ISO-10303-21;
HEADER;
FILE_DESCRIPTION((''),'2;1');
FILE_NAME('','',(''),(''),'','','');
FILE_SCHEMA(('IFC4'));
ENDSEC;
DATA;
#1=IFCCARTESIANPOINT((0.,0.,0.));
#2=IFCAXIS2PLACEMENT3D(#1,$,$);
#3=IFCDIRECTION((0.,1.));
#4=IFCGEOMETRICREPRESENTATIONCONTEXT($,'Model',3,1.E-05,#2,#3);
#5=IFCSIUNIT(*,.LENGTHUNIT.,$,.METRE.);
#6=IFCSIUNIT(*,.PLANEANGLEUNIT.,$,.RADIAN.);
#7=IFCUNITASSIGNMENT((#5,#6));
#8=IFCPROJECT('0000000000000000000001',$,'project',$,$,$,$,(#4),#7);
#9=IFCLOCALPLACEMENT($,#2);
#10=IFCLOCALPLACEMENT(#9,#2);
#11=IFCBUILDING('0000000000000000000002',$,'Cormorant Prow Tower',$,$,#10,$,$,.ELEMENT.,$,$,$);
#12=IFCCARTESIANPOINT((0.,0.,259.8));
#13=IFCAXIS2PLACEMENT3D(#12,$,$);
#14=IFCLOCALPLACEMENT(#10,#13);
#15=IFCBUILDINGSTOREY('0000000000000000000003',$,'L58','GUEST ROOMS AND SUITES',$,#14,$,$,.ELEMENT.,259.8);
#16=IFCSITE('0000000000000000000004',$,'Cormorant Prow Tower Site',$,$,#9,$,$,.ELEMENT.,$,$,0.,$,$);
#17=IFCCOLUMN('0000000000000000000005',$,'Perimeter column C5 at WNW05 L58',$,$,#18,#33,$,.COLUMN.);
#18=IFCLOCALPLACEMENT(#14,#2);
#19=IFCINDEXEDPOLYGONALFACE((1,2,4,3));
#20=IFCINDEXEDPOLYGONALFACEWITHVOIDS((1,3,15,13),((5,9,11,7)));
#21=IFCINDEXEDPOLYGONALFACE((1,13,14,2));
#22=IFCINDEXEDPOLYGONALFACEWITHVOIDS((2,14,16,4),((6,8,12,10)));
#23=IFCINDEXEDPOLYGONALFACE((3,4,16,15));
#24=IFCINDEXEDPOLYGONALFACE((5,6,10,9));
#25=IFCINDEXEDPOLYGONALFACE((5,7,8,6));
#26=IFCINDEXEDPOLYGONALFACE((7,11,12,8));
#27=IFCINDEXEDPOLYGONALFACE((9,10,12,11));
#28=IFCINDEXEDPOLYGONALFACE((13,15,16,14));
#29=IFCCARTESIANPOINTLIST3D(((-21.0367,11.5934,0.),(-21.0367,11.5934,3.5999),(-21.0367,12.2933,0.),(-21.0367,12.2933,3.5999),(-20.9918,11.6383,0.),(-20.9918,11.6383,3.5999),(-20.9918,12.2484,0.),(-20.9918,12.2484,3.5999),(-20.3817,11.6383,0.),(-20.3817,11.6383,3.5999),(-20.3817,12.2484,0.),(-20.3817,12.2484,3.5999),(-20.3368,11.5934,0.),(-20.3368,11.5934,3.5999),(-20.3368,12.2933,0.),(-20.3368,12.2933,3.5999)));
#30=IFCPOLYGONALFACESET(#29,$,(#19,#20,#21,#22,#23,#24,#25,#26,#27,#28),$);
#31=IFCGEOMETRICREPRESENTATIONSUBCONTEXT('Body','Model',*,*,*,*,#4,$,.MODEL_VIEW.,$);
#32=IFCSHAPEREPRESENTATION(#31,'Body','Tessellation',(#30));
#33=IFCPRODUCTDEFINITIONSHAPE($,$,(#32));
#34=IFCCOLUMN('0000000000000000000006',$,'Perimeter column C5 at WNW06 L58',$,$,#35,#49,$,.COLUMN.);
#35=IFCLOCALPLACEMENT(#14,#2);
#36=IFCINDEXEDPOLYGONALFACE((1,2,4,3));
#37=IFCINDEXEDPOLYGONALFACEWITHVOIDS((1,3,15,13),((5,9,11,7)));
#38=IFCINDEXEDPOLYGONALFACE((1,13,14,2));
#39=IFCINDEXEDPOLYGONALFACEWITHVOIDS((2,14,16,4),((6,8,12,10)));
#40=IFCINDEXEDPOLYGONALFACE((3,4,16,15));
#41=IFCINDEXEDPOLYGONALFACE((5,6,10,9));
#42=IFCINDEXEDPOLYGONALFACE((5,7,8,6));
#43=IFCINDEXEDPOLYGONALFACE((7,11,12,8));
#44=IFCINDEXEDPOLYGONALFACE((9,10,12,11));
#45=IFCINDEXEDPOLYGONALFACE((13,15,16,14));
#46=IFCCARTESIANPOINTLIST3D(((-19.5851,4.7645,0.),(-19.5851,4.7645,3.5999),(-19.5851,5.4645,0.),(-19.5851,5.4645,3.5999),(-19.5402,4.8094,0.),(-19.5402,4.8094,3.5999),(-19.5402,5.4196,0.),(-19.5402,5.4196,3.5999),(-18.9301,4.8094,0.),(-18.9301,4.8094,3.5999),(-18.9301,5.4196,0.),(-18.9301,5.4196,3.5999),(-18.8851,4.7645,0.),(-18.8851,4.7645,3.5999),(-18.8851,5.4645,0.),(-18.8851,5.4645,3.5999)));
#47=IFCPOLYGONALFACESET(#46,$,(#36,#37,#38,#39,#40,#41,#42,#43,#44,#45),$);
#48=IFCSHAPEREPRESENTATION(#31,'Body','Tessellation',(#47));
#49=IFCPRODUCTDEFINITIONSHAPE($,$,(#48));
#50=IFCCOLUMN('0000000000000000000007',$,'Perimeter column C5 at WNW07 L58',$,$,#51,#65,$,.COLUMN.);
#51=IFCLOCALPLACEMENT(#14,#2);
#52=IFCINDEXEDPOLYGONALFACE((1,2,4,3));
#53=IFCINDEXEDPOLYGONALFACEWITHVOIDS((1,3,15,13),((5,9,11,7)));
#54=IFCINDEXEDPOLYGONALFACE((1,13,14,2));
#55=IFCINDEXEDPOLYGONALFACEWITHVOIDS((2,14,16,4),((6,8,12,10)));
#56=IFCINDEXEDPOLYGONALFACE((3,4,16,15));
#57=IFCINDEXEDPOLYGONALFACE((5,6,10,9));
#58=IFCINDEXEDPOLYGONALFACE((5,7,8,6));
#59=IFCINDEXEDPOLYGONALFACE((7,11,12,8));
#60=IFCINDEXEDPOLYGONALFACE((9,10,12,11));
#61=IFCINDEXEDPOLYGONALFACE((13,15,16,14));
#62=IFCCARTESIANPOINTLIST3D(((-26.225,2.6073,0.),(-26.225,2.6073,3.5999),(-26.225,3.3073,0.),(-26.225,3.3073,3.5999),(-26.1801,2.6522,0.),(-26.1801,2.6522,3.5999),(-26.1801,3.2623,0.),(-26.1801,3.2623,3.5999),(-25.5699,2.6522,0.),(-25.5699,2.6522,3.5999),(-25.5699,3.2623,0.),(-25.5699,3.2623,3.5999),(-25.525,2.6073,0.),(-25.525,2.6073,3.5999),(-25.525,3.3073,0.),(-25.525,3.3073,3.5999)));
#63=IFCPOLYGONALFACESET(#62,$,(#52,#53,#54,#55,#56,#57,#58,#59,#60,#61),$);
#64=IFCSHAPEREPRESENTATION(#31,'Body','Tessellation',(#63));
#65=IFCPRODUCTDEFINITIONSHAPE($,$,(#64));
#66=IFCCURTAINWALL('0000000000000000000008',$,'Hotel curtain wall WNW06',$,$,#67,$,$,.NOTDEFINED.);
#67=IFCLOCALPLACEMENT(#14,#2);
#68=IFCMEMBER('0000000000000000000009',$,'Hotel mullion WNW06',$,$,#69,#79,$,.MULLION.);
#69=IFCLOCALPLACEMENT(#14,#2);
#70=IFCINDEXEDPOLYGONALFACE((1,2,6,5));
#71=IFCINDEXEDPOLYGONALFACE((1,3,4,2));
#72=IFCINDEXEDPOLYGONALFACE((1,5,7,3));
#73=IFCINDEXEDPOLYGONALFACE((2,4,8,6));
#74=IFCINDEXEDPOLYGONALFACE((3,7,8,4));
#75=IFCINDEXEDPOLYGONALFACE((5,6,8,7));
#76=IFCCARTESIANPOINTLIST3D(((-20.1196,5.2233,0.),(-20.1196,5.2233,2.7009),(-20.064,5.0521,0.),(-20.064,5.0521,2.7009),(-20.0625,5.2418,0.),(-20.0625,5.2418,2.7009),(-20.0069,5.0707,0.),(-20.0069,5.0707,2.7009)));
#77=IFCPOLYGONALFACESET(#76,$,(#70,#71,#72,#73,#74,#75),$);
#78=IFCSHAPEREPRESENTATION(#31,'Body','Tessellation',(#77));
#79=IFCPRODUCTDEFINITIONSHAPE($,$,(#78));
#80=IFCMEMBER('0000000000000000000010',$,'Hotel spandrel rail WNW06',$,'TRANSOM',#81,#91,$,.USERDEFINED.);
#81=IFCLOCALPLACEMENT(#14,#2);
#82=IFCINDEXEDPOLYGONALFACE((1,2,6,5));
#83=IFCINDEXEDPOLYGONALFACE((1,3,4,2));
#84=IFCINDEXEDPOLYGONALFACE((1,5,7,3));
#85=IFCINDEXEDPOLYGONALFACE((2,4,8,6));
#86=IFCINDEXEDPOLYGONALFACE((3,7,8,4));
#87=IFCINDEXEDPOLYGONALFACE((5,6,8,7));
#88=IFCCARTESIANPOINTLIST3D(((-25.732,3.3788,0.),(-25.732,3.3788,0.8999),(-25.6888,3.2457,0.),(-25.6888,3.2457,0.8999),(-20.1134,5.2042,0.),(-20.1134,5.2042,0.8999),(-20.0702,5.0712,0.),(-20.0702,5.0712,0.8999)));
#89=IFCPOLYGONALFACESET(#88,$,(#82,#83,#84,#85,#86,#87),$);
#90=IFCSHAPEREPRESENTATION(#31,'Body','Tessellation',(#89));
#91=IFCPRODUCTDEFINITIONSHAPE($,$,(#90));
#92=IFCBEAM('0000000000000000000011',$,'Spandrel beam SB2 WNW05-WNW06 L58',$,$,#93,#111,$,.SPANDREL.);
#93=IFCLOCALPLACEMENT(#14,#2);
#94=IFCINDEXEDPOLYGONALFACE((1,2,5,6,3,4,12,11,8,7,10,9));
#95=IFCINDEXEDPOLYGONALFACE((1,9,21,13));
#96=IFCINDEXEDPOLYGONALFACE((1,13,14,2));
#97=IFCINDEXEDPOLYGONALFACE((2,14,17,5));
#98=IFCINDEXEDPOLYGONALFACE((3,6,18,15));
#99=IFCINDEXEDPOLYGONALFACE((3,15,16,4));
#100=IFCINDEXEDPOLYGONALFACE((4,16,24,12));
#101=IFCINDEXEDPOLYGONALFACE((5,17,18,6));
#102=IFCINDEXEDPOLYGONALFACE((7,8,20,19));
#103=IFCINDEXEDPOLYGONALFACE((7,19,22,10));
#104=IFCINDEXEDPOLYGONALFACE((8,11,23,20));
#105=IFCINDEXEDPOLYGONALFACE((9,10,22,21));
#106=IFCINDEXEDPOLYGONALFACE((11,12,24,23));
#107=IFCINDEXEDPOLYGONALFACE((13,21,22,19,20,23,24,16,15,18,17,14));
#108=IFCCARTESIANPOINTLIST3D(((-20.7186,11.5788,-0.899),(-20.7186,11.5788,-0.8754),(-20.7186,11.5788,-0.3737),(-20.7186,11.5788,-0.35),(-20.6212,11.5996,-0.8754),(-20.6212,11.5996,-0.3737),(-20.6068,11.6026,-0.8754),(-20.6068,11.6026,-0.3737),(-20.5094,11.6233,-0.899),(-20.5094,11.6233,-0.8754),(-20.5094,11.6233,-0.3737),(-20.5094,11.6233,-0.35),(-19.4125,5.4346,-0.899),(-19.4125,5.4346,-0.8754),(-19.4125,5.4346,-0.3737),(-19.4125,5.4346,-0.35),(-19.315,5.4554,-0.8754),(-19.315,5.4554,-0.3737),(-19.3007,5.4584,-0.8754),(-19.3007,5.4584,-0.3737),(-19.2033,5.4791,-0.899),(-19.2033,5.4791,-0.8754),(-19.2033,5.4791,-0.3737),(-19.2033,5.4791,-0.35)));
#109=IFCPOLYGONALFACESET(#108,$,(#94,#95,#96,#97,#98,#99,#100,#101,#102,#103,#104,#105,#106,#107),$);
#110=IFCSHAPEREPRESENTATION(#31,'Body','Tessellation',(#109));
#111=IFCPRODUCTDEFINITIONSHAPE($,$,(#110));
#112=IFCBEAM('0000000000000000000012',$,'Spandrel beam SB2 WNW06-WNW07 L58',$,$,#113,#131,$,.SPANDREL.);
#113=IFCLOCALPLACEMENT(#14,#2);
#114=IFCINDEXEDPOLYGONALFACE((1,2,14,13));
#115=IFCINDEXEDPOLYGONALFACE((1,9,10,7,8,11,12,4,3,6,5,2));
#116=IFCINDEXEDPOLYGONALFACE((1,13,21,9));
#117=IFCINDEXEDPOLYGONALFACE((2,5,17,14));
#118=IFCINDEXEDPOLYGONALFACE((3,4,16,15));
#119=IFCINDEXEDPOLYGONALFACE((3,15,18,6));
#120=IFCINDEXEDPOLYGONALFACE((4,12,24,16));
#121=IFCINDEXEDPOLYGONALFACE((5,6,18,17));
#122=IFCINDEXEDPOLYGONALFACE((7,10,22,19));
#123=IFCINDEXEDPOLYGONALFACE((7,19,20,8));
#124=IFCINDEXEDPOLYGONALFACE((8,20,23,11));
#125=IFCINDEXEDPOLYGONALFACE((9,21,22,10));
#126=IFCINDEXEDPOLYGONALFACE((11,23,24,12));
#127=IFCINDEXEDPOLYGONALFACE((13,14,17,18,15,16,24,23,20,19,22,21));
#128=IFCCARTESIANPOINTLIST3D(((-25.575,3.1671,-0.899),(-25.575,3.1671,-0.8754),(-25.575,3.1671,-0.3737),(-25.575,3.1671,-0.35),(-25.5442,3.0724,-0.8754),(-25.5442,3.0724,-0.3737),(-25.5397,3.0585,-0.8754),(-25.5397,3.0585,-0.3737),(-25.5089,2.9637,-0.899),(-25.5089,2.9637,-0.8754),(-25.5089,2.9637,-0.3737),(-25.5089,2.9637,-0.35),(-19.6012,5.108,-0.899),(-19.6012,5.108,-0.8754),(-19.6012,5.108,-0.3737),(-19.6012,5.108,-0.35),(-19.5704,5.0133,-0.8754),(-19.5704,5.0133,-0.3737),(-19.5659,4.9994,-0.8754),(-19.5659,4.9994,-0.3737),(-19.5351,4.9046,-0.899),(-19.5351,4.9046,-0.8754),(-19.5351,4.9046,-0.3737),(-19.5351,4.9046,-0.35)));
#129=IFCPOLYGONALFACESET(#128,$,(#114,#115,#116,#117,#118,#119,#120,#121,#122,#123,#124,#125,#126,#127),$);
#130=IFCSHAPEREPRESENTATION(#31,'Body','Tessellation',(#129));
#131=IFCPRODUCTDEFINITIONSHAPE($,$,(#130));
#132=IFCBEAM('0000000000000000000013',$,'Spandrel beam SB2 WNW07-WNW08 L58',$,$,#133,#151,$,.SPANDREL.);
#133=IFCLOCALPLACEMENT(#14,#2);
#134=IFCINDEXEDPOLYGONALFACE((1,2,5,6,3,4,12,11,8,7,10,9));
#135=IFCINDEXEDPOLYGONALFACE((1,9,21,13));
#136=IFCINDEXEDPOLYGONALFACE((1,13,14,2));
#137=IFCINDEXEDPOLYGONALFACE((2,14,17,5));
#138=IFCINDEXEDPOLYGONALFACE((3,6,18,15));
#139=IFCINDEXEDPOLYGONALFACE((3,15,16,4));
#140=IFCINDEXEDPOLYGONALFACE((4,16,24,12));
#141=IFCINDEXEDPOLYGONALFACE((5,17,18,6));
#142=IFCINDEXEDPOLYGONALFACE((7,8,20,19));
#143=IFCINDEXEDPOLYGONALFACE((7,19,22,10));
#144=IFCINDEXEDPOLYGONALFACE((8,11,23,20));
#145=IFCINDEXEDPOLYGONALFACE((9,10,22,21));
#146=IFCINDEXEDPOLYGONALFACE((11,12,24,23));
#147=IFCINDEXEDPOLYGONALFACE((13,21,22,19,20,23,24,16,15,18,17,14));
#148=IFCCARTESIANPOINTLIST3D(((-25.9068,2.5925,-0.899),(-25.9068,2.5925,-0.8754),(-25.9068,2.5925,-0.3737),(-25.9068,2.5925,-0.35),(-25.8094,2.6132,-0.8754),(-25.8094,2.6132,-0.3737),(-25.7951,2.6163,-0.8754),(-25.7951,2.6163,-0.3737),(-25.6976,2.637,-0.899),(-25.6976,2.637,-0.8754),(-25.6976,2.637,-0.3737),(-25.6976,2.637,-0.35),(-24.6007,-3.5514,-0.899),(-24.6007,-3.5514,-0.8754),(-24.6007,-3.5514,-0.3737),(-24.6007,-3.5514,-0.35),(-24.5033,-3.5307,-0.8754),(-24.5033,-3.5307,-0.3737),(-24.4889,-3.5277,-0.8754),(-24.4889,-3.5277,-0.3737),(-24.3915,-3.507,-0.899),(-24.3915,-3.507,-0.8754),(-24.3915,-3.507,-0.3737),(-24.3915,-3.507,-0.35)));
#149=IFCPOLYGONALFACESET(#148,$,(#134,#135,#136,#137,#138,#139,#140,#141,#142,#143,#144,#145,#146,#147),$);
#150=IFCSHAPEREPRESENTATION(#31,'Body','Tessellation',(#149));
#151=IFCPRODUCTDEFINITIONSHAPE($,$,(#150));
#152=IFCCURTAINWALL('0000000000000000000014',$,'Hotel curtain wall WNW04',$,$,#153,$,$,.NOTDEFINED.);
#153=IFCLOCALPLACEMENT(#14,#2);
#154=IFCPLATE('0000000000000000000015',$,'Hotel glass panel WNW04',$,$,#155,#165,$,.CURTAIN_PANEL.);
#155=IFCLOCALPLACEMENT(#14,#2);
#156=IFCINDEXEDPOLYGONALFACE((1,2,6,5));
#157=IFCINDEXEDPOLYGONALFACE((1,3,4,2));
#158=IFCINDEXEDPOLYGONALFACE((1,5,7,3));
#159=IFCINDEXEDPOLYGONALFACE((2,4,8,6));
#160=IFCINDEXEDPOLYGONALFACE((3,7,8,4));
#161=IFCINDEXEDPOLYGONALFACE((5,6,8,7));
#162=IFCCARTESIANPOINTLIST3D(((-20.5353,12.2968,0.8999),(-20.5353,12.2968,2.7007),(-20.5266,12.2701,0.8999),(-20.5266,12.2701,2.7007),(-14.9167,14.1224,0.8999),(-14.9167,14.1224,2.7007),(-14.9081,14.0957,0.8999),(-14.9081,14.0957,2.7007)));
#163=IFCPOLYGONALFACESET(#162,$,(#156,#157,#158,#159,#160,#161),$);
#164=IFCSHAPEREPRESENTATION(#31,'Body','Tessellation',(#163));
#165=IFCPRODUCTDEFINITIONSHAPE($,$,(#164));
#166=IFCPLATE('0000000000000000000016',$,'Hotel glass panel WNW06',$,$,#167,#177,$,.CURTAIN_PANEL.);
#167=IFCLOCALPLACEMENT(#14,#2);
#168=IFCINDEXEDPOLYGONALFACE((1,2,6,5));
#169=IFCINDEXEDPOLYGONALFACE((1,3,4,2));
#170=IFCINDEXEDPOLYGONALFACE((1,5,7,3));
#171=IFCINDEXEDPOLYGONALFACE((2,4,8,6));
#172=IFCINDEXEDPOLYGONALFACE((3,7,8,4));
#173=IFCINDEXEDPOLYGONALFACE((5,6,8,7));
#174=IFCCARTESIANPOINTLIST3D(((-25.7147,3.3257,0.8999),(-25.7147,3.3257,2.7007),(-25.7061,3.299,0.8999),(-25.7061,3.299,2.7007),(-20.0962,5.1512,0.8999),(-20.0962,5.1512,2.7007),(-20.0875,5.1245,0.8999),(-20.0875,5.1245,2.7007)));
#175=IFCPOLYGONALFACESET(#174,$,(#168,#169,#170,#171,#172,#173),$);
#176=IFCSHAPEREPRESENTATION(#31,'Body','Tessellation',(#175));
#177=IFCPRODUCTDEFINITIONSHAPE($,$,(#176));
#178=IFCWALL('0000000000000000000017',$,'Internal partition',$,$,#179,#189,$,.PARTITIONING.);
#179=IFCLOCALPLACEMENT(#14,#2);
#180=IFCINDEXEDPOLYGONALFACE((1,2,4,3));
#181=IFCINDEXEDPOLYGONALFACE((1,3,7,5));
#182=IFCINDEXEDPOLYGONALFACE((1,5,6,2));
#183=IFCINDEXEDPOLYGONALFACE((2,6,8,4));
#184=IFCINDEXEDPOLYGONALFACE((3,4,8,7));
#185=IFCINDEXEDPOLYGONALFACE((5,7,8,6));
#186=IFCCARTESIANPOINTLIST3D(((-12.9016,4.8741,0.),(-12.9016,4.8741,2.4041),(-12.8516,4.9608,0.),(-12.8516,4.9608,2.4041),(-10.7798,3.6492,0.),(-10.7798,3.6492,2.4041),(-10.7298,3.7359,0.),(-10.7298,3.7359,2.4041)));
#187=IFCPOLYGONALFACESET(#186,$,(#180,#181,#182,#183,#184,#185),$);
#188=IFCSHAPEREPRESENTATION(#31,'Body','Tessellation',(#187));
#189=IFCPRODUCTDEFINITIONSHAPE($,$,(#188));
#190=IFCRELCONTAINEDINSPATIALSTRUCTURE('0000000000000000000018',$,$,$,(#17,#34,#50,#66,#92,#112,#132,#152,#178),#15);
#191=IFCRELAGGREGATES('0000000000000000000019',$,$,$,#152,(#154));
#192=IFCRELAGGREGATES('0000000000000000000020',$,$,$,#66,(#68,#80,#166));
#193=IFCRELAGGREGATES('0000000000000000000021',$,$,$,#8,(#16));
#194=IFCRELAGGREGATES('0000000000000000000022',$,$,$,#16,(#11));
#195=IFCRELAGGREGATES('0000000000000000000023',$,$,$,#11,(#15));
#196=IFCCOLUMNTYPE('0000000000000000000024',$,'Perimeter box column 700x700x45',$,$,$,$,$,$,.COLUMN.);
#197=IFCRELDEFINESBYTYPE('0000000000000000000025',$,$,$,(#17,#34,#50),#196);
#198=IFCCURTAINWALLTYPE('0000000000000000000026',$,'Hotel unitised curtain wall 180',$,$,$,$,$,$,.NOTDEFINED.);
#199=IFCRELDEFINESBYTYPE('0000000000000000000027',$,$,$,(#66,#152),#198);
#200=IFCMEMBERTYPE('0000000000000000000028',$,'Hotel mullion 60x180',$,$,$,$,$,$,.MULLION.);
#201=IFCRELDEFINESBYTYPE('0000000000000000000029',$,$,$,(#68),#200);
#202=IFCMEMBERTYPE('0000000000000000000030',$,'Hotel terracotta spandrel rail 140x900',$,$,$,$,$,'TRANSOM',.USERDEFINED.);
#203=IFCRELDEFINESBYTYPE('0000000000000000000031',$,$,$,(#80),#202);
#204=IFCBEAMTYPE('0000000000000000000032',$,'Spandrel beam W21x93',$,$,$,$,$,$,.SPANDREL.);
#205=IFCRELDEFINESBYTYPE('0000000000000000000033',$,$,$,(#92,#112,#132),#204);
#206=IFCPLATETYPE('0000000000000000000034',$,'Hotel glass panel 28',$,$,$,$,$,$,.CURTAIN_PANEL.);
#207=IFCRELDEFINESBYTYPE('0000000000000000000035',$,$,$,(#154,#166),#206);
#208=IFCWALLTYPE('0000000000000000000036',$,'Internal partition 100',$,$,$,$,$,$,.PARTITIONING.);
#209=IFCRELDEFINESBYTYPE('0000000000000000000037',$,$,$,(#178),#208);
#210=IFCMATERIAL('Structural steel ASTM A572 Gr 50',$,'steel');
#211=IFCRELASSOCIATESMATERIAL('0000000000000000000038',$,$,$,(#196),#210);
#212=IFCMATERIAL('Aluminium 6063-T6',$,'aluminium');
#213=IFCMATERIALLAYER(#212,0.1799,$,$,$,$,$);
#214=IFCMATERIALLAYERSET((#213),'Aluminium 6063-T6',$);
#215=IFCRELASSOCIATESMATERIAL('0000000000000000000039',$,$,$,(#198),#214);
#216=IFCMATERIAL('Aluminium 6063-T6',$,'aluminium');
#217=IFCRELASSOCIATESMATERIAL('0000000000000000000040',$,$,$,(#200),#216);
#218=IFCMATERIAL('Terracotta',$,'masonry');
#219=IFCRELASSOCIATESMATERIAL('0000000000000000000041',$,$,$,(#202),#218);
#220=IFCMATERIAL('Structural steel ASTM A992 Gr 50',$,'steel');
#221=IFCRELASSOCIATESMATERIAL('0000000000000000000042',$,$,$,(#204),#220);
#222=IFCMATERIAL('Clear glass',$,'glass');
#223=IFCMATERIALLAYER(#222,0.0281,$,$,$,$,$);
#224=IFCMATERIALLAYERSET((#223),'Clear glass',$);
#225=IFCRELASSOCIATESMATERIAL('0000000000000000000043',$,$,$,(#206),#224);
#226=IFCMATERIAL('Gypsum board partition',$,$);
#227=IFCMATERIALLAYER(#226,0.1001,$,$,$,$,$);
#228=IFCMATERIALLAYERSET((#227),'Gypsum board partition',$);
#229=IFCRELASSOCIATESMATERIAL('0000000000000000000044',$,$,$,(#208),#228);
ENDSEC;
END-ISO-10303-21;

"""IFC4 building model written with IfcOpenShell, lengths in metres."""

from ifc_helpers import new_model, si_unit, direction, frame, frame_2d, origin, origin_2d, place, context, subcontext, project, spatial, rectangle, hollow_rectangle, i_section, extrude, material, layer, layer_set, material_profile, profile_set, type_object, element, aggregate, save


model = new_model("IFC4")

# Units and contexts
model_context = context("Model", 3, precision=1e-05, world=origin(), true_north=direction((0.0, 1.0)))
body_context = subcontext(model_context, "Body", "Model", "MODEL_VIEW")
ifc_project = project(units=[si_unit("LENGTHUNIT", "METRE"), si_unit("PLANEANGLEUNIT", "RADIAN")], contexts=[model_context])

# Site, building, storey
site_placement = place(None, origin())
site = spatial("IfcSite", under=ifc_project, at=site_placement, Name="Cormorant Prow Tower Site", CompositionType="ELEMENT", RefElevation=0.0)
building_placement = place(site_placement, origin())
building = spatial("IfcBuilding", under=site, at=building_placement, Name="Cormorant Prow Tower", CompositionType="ELEMENT")
storey_placement = place(building_placement, frame((0.0, 0.0, 259.8)))
storey = spatial("IfcBuildingStorey", under=building, at=storey_placement, Name="L58", Description="GUEST ROOMS AND SUITES", CompositionType="ELEMENT", Elevation=259.8)

# Columns
ifc_material_1 = material(Name="Structural steel ASTM A572 Gr 50", Category="steel")
ifc_material_profile_1 = material_profile(ifc_material_1, hollow_rectangle(XDim=0.7, YDim=0.7, WallThickness=0.0449, at=origin_2d()), Name="Box 700x700x45")
ifc_profile_set_1 = profile_set([ifc_material_profile_1], Name="Structural steel ASTM A572 Gr 50")
column_type = type_object("IfcColumnType", Name="Perimeter box column 700x700x45", PredefinedType="COLUMN", material=ifc_profile_set_1)
for number, where, z_axis, x_axis, name in (
    (1, (-20.6868, 11.9434, 0.0), (0.0, 0.0, 1.0), (1.0, 0.0, 0.0), "Perimeter column C5 at WNW05 L58"),
    (2, (-19.2351, 5.1145, 0.0), (0.0, 0.0, 1.0), (1.0, 0.0, 0.0), "Perimeter column C5 at WNW06 L58"),
    (3, (-25.875, 2.9573, 0.0), (0.0, 0.0, 1.0), (1.0, 0.0, 0.0), "Perimeter column C5 at WNW07 L58"),
):
    element("IfcColumn", number, at=place(storey_placement, frame(where, z_axis=z_axis, x_axis=x_axis)), inside=storey, type_object=column_type, Name=name, PredefinedType="COLUMN", context=body_context, shape_type="SweptSolid", body=[
        extrude(hollow_rectangle(XDim=0.7, YDim=0.7, WallThickness=0.0449, at=origin_2d()), origin(), (0.0, 0.0, 1.0), 3.5999),
    ])

# Curtain wall, members
ifc_material_2 = material(Name="Aluminium 6063-T6", Category="aluminium")
ifc_layer_1 = layer(ifc_material_2, 0.1799)
ifc_layer_set_1 = layer_set([ifc_layer_1], Name="Aluminium 6063-T6")
curtain_wall_type = type_object("IfcCurtainWallType", Name="Hotel unitised curtain wall 180", PredefinedType="NOTDEFINED", material=ifc_layer_set_1)
curtain_wall_1_placement = place(storey_placement, origin())
curtain_wall_1 = element("IfcCurtainWall", 4, at=curtain_wall_1_placement, inside=storey, type_object=curtain_wall_type, Name="Hotel curtain wall WNW06", PredefinedType="NOTDEFINED")
ifc_material_3 = material(Name="Aluminium 6063-T6", Category="aluminium")
ifc_material_profile_2 = material_profile(ifc_material_3, rectangle(XDim=0.1799, YDim=0.0601, at=origin_2d()), Name="Hotel mullion 60x180")
ifc_profile_set_2 = profile_set([ifc_material_profile_2], Name="Aluminium 6063-T6")
member_type_1 = type_object("IfcMemberType", Name="Hotel mullion 60x180", PredefinedType="MULLION", material=ifc_profile_set_2)
member_1_placement = place(storey_placement, frame((-20.0632, 5.147, 0.0), z_axis=(0.0, 0.0, 1.0), x_axis=(0.309017, -0.951057, 0.0)))
member_1 = element("IfcMember", 5, at=member_1_placement, type_object=member_type_1, Name="Hotel mullion WNW06", PredefinedType="MULLION", context=body_context, shape_type="SweptSolid", body=[
    extrude(rectangle(XDim=0.1799, YDim=0.0601, at=origin_2d()), origin(), (0.0, 0.0, 1.0), 2.7009),
])
ifc_material_4 = material(Name="Terracotta", Category="masonry")
ifc_material_profile_3 = material_profile(ifc_material_4, rectangle(XDim=0.1399, YDim=0.8999, at=origin_2d()), Name="Hotel terracotta spandrel rail 140x900")
ifc_profile_set_3 = profile_set([ifc_material_profile_3], Name="Terracotta")
member_type_2 = type_object("IfcMemberType", Name="Hotel terracotta spandrel rail 140x900", ElementType="TRANSOM", PredefinedType="USERDEFINED", material=ifc_profile_set_3)
member_2_placement = place(storey_placement, frame((-20.0918, 5.1377, 0.45), z_axis=(-0.951065, -0.308991, 0.0), x_axis=(0.308991, -0.951065, 0.0)))
member_2 = element("IfcMember", 6, at=member_2_placement, type_object=member_type_2, Name="Hotel spandrel rail WNW06", ObjectType="TRANSOM", PredefinedType="USERDEFINED", context=body_context, shape_type="SweptSolid", body=[
    extrude(rectangle(XDim=0.1399, YDim=0.8999, at=origin_2d()), origin(), (0.0, 0.0, 1.0), 5.9077),
])

# Beams
ifc_material_5 = material(Name="Structural steel ASTM A992 Gr 50", Category="steel")
ifc_material_profile_4 = material_profile(ifc_material_5, i_section(OverallWidth=0.2139, OverallDepth=0.5491, WebThickness=0.0146, FlangeThickness=0.0237, at=origin_2d()), Name="W21x93")
ifc_profile_set_4 = profile_set([ifc_material_profile_4], Name="Structural steel ASTM A992 Gr 50")
beam_type = type_object("IfcBeamType", Name="Spandrel beam W21x93", PredefinedType="SPANDREL", material=ifc_profile_set_4)
beam_placement = place(storey_placement, frame((-20.614, 11.6011, -0.6245), z_axis=(0.207934, -0.978143, 0.0), x_axis=(0.978143, 0.207934, 0.0)))
element("IfcBeam", 7, at=beam_placement, inside=storey, type_object=beam_type, Name="Spandrel beam SB2 WNW05-WNW06 L58", PredefinedType="SPANDREL", context=body_context, shape_type="SweptSolid", body=[
    extrude(i_section(OverallWidth=0.2139, OverallDepth=0.5491, WebThickness=0.0146, FlangeThickness=0.0237, at=origin_2d()), origin(), (0.0, 0.0, 1.0), 6.2815),
])
for number, where, z_axis, x_axis, name in (
    (8, (-19.5681, 5.0063, -0.6245), (-0.951062, -0.309001, 0.0), (0.309001, -0.951062, 0.0), "Spandrel beam SB2 WNW06-WNW07 L58"),
    (9, (-25.8022, 2.6147, -0.6245), (0.207941, -0.978141, 0.0), (0.978141, 0.207941, 0.0), "Spandrel beam SB2 WNW07-WNW08 L58"),
):
    element("IfcBeam", number, at=place(storey_placement, frame(where, z_axis=z_axis, x_axis=x_axis)), inside=storey, type_object=beam_type, Name=name, PredefinedType="SPANDREL", context=body_context, shape_type="SweptSolid", body=[
        extrude(i_section(OverallWidth=0.2139, OverallDepth=0.5491, WebThickness=0.0146, FlangeThickness=0.0237, at=origin_2d()), origin(), (0.0, 0.0, 1.0), 6.2812),
    ])

# Curtain wall, plate
curtain_wall_2_placement = place(storey_placement, origin())
curtain_wall_2 = element("IfcCurtainWall", 10, at=curtain_wall_2_placement, inside=storey, type_object=curtain_wall_type, Name="Hotel curtain wall WNW04", PredefinedType="NOTDEFINED")
ifc_material_6 = material(Name="Clear glass", Category="glass")
ifc_layer_2 = layer(ifc_material_6, 0.0281)
ifc_layer_set_2 = layer_set([ifc_layer_2], Name="Clear glass")
plate_type = type_object("IfcPlateType", Name="Hotel glass panel 28", PredefinedType="CURTAIN_PANEL", material=ifc_layer_set_2)
plate_1_placement = place(storey_placement, frame((-17.7217, 13.1963, 0.8999), z_axis=(0.0, 0.0, 1.0), x_axis=(-0.951056, -0.309017, 0.0)))
plate_1 = element("IfcPlate", 11, at=plate_1_placement, type_object=plate_type, Name="Hotel glass panel WNW04", PredefinedType="CURTAIN_PANEL", context=body_context, shape_type="SweptSolid", body=[
    extrude(rectangle(XDim=5.9077, YDim=0.0281, at=origin_2d()), origin(), (0.0, 0.0, 1.0), 1.8008),
])
aggregate(curtain_wall_2, [plate_1])

# Plate
plate_2_placement = place(storey_placement, frame((-22.9011, 4.2251, 0.8999), z_axis=(0.0, 0.0, 1.0), x_axis=(-0.951057, -0.309017, 0.0)))
plate_2 = element("IfcPlate", 12, at=plate_2_placement, type_object=plate_type, Name="Hotel glass panel WNW06", PredefinedType="CURTAIN_PANEL", context=body_context, shape_type="SweptSolid", body=[
    extrude(rectangle(XDim=5.9077, YDim=0.0281, at=origin_2d()), origin(), (0.0, 0.0, 1.0), 1.8008),
])
aggregate(curtain_wall_1, [member_1, member_2, plate_2])

# Wall
ifc_material_7 = material(Name="Gypsum board partition")
ifc_layer_3 = layer(ifc_material_7, 0.1001)
ifc_layer_set_3 = layer_set([ifc_layer_3], Name="Gypsum board partition")
wall_type_1 = type_object("IfcWallType", Name="Internal partition 100", PredefinedType="PARTITIONING", material=ifc_layer_set_3)
for number, where, z_axis, x_axis, name in (
    (13, (-12.8767, 4.9175, 0.0), (0.0, 0.0, 1.0), (0.866058, -0.499944, 0.0), "Internal partition"),
):
    element("IfcWall", number, at=place(storey_placement, frame(where, z_axis=z_axis, x_axis=x_axis)), inside=storey, type_object=wall_type_1, Name=name, PredefinedType="PARTITIONING", context=body_context, shape_type="SweptSolid", body=[
        extrude(rectangle(XDim=2.45, YDim=0.1001, at=frame_2d((1.2251, 0.0))), origin(), (0.0, 0.0, 1.0), 2.4041),
    ])

save(model, "model.ifc")
